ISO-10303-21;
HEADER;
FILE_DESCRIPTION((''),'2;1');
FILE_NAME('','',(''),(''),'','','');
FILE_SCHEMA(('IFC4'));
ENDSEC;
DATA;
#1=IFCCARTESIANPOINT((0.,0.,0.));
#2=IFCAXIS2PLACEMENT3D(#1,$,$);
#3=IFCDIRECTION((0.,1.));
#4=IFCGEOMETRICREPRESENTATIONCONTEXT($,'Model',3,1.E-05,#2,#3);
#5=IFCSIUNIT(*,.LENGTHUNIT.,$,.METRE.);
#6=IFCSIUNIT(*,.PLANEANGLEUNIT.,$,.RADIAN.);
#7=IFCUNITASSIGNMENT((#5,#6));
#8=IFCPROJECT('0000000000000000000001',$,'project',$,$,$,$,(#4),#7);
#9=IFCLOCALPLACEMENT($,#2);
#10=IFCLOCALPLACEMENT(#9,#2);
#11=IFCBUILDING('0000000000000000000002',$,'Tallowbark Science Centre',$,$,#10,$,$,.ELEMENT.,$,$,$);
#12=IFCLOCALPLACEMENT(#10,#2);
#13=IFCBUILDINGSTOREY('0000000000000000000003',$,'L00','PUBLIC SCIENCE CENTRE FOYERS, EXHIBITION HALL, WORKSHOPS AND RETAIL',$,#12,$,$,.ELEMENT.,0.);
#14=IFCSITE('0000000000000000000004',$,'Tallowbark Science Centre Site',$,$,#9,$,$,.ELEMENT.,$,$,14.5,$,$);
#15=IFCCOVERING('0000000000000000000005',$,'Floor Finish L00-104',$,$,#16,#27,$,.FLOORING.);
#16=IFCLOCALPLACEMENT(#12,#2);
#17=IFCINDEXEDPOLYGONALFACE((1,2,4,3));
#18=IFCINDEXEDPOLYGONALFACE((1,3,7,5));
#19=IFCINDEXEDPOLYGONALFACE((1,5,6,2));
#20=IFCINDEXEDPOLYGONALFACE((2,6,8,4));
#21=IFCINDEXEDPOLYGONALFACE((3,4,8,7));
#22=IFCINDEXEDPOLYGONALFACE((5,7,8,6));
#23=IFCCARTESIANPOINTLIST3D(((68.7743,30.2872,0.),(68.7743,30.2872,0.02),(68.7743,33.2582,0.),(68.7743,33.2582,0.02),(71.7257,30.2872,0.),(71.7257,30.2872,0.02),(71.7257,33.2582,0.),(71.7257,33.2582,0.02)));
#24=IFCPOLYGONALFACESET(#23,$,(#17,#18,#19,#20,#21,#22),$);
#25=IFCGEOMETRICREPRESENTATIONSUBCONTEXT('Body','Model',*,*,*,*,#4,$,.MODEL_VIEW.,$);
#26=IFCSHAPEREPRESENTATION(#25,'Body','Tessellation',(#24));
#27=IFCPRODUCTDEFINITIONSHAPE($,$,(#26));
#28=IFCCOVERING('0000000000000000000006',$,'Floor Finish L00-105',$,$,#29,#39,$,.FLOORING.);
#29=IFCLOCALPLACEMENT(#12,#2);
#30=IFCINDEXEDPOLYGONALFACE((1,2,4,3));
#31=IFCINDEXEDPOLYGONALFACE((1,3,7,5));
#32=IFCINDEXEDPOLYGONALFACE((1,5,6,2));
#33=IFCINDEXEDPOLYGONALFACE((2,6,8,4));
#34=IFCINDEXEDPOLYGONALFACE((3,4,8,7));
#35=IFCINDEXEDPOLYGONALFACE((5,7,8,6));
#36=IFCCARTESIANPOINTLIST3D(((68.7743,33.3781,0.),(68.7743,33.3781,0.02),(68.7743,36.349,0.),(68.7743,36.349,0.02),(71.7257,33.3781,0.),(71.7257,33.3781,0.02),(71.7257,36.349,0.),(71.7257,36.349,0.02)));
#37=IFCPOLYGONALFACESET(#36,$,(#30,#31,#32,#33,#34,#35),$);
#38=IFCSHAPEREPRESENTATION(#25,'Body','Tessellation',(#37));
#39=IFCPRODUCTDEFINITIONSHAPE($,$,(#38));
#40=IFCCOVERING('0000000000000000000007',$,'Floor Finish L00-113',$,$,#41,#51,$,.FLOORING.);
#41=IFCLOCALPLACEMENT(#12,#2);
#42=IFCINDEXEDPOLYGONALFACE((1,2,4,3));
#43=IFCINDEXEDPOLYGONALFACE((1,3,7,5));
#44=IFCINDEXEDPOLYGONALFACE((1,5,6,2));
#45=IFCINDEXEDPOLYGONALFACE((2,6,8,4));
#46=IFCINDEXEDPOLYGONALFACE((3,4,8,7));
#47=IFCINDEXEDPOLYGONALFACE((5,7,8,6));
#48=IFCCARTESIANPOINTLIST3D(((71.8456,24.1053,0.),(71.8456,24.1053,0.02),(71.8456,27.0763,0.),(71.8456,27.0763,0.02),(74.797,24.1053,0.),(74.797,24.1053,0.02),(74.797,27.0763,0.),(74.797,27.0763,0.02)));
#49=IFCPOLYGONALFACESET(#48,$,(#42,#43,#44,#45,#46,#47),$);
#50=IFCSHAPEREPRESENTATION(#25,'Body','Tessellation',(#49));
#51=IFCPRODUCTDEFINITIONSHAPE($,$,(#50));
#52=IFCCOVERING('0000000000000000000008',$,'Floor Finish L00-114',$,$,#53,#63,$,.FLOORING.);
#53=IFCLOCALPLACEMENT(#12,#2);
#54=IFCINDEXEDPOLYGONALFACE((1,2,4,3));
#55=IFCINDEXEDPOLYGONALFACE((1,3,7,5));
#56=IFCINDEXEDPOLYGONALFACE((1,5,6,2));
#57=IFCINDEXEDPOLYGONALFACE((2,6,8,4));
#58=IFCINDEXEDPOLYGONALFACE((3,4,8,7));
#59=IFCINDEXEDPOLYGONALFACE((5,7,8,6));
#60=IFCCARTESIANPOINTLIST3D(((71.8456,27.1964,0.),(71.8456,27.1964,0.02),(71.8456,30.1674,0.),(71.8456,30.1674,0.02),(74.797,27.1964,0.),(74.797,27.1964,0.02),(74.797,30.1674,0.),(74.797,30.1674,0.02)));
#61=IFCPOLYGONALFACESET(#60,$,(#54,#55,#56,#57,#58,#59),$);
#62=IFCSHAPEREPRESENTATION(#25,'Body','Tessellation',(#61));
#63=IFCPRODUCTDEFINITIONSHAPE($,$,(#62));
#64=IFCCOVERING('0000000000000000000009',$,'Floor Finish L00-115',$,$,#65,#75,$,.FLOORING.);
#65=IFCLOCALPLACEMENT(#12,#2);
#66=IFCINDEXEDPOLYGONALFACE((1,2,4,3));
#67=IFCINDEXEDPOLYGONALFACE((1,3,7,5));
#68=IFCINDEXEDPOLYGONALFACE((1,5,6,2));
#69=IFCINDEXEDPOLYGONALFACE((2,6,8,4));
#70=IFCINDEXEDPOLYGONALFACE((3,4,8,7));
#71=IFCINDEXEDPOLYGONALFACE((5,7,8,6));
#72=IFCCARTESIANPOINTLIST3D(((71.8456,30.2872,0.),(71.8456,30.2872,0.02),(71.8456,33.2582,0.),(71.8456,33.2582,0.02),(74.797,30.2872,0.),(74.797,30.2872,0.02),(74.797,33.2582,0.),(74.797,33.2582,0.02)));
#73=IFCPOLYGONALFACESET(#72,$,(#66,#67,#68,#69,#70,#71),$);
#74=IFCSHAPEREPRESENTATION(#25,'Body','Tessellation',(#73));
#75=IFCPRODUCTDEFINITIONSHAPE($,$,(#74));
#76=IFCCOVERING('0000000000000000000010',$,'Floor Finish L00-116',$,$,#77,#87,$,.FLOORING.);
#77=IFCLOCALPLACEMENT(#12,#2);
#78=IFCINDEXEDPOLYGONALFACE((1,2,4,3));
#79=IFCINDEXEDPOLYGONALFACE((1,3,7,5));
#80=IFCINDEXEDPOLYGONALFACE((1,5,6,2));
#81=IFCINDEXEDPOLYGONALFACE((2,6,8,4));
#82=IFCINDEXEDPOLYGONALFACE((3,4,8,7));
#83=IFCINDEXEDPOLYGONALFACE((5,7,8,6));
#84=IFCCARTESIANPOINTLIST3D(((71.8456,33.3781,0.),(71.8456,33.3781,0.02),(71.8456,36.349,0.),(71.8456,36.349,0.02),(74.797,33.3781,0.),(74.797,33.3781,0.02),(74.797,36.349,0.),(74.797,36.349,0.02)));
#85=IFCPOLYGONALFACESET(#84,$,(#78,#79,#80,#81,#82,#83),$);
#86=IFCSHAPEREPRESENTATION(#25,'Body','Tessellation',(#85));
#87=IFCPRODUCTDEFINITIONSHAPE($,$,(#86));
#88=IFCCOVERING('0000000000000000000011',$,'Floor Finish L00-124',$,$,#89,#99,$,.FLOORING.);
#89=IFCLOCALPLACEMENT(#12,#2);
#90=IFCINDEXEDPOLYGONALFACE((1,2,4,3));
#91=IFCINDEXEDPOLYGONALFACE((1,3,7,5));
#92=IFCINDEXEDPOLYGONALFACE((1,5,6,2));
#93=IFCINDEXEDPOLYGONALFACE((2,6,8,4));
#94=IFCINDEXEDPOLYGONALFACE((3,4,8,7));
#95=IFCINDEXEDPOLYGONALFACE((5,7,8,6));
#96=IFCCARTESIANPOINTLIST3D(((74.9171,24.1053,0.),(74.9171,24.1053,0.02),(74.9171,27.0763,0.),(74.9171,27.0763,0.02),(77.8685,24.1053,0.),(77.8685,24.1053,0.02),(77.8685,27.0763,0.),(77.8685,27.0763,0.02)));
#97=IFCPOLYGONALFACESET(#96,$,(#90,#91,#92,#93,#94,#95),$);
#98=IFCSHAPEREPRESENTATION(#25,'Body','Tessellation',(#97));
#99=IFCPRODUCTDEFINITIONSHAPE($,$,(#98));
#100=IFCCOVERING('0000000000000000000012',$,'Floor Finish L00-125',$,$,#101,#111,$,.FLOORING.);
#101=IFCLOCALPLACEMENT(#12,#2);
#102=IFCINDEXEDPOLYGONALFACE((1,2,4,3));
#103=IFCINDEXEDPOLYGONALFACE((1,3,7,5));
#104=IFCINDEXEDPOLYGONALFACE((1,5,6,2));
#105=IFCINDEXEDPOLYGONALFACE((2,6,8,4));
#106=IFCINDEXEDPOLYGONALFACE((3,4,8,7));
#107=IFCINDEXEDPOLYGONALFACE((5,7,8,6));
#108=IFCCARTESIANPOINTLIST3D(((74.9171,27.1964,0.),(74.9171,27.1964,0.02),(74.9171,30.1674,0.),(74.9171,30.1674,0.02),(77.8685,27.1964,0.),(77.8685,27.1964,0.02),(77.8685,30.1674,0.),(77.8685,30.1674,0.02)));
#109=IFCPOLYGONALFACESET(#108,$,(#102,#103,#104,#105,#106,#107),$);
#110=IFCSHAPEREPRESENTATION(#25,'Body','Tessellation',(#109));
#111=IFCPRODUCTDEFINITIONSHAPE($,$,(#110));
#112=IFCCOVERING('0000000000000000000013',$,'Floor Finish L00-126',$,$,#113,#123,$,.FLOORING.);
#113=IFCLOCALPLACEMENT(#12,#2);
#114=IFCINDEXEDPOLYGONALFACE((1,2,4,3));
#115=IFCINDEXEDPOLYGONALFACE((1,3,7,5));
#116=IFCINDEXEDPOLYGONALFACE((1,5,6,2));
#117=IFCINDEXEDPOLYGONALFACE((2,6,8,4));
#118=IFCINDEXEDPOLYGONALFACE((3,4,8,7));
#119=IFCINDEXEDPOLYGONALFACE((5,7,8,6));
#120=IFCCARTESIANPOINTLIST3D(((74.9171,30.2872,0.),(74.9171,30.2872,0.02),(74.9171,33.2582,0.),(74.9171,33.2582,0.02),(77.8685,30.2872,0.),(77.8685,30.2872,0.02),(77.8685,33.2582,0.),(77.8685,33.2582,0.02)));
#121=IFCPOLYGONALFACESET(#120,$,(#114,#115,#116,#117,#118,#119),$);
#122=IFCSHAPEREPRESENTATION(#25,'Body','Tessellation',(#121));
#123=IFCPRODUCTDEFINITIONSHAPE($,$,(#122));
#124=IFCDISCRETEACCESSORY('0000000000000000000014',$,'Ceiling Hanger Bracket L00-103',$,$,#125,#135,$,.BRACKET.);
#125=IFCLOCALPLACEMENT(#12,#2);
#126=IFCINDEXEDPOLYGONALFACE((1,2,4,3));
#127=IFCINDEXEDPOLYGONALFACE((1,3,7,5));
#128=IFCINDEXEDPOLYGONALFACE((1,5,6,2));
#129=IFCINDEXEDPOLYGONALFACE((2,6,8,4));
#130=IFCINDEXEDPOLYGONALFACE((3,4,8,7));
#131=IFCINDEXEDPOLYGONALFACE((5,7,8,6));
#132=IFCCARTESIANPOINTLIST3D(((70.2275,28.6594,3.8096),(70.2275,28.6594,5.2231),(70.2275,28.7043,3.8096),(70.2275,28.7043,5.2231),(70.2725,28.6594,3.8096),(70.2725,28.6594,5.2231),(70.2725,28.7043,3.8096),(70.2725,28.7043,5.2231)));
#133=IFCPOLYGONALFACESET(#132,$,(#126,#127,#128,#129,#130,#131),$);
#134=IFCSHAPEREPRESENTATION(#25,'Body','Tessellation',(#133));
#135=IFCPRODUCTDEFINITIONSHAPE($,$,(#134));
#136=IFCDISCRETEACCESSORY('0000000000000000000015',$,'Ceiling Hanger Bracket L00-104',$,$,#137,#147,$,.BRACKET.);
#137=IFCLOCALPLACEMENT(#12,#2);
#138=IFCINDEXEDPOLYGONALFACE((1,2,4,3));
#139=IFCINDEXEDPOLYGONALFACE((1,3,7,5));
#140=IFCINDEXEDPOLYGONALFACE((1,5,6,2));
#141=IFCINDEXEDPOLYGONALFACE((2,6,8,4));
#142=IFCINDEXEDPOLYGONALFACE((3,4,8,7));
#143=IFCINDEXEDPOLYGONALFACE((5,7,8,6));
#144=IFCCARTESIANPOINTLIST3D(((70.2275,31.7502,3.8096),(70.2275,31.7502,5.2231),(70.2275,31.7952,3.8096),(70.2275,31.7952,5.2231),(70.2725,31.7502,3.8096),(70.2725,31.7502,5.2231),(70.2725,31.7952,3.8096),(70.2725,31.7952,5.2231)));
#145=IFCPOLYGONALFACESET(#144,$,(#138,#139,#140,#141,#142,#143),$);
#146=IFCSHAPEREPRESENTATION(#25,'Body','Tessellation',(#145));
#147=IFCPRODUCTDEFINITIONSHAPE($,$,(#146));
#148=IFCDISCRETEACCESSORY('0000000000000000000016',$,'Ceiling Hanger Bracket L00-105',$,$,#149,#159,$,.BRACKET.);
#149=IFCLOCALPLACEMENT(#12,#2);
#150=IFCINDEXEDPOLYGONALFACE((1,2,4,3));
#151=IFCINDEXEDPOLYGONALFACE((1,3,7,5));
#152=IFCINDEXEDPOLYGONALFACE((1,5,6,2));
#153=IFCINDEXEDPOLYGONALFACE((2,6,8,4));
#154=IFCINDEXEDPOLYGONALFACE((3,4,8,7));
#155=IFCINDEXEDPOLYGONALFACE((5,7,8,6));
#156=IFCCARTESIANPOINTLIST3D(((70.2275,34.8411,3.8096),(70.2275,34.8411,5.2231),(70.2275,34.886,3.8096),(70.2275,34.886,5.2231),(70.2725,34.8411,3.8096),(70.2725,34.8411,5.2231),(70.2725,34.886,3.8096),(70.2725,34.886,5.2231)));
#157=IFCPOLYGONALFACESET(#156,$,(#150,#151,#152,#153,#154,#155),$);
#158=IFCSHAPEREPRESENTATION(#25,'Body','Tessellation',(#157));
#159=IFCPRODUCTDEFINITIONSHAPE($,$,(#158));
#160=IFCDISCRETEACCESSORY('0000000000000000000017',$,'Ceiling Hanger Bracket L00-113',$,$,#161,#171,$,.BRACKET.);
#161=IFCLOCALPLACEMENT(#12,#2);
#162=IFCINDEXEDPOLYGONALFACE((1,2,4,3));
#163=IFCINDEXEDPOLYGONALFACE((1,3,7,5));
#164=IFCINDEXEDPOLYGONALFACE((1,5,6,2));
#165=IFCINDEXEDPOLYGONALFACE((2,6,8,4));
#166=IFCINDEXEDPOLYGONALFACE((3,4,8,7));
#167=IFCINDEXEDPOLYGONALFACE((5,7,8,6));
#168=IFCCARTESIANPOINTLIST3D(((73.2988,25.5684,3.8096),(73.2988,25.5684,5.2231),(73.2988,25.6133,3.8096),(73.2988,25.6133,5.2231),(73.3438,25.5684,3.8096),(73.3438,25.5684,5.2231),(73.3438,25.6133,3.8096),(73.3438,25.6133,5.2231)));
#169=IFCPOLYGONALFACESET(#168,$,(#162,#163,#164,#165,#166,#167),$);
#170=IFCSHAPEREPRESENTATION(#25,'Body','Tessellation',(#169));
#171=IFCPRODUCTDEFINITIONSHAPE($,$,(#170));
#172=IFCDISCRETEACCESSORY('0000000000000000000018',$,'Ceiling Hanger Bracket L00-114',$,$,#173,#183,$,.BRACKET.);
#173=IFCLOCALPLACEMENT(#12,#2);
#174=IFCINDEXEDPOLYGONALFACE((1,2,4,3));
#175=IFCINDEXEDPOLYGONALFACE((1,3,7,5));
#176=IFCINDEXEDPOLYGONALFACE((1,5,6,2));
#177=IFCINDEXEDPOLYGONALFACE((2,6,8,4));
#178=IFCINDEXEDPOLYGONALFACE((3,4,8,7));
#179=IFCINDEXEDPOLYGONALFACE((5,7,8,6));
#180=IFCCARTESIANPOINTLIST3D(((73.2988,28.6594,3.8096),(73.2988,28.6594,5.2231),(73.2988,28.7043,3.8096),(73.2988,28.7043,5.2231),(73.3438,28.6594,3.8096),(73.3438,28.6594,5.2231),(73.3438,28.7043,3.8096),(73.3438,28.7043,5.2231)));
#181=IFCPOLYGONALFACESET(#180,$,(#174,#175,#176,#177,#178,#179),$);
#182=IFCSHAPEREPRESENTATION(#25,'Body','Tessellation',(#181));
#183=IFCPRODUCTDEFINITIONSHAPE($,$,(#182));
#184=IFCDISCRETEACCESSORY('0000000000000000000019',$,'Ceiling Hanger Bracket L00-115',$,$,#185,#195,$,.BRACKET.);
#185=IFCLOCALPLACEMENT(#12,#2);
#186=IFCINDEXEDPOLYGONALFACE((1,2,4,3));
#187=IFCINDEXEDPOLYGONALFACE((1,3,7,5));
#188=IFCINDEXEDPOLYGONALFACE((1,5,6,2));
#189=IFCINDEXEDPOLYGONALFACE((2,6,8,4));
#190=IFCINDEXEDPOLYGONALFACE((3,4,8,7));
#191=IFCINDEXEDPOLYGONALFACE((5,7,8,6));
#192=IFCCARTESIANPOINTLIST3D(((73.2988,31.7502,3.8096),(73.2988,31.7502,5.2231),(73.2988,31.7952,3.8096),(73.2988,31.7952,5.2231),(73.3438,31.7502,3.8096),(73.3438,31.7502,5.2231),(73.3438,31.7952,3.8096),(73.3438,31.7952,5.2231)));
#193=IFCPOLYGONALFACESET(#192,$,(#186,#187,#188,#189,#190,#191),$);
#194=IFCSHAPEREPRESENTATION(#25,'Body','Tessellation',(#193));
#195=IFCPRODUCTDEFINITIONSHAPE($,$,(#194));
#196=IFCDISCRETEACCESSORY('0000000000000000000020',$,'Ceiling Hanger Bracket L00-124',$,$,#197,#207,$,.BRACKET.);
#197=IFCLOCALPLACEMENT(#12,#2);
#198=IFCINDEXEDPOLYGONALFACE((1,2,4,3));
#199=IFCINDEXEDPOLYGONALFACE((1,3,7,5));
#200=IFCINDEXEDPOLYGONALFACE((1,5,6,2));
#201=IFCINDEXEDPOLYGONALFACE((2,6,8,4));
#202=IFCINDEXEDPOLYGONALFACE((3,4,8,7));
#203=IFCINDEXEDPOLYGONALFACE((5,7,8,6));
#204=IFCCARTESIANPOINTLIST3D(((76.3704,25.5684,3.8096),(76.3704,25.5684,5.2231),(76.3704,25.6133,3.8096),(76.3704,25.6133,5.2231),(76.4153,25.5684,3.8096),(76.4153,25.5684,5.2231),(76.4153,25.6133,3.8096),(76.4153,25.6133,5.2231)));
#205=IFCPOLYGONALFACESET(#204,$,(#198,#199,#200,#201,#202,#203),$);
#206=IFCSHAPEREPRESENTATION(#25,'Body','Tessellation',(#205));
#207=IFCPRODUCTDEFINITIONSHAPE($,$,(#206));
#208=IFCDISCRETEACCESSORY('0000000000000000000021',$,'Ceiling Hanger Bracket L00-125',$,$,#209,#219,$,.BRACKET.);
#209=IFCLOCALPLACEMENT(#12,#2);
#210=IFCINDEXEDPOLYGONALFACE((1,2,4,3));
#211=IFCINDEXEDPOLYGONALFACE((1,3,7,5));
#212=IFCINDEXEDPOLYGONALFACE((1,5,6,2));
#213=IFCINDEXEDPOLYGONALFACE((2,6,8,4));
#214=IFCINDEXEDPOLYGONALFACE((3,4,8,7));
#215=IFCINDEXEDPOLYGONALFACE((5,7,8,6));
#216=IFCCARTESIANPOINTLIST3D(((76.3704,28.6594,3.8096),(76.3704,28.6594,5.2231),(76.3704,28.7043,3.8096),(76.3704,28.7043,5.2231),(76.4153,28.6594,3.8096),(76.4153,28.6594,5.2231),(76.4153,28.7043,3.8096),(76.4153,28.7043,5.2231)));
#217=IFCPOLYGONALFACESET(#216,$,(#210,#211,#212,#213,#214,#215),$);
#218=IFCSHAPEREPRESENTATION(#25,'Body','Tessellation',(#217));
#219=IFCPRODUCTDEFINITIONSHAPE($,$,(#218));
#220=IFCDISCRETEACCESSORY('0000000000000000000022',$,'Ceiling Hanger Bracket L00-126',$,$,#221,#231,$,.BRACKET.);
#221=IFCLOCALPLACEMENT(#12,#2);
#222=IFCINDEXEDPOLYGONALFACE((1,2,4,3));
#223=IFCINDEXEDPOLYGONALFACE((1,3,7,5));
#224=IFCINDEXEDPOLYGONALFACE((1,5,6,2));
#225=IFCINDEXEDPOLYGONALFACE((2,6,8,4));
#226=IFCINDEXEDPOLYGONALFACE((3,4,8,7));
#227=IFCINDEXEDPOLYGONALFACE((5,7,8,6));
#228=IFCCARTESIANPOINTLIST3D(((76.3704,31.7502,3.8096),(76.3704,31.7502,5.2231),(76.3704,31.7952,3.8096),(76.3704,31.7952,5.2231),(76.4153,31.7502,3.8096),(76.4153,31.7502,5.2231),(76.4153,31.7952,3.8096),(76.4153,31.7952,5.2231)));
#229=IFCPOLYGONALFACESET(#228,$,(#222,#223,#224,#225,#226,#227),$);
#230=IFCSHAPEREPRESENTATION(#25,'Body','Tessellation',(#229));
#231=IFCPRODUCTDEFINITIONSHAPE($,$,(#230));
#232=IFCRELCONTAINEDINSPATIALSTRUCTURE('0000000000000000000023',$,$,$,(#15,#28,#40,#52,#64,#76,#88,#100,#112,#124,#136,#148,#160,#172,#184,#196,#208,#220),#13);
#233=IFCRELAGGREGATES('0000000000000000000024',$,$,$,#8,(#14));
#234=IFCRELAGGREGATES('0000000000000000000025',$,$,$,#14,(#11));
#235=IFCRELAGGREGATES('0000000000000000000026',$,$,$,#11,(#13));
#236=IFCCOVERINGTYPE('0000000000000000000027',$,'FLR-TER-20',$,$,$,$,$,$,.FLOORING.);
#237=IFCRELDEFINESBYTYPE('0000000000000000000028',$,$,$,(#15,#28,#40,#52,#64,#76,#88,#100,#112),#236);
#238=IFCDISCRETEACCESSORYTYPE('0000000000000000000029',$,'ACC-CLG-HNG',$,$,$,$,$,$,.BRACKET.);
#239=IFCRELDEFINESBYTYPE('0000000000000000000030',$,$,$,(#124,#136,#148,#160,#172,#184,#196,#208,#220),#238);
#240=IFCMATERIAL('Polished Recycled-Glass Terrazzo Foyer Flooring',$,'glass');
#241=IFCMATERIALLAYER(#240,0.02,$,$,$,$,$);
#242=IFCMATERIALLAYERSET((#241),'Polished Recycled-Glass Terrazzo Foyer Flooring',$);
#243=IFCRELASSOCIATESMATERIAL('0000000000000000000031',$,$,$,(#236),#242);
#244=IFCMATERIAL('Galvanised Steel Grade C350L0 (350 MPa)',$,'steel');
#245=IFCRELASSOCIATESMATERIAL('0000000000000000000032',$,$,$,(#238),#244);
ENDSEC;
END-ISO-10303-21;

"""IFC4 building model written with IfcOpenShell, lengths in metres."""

from ifc_helpers import new_model, si_unit, direction, frame, origin, origin_2d, place, context, subcontext, project, spatial, rectangle, extrude, material, layer, layer_set, type_object, element, save


model = new_model("IFC4")

# Units and contexts
model_context = context("Model", 3, precision=1e-05, world=origin(), true_north=direction((0.0, 1.0)))
body_context = subcontext(model_context, "Body", "Model", "MODEL_VIEW")
ifc_project = project(units=[si_unit("LENGTHUNIT", "METRE"), si_unit("PLANEANGLEUNIT", "RADIAN")], contexts=[model_context])

# Site, building, storey
site_placement = place(None, origin())
site = spatial("IfcSite", under=ifc_project, at=site_placement, Name="Tallowbark Science Centre Site", CompositionType="ELEMENT", RefElevation=14.5)
building_placement = place(site_placement, origin())
building = spatial("IfcBuilding", under=site, at=building_placement, Name="Tallowbark Science Centre", CompositionType="ELEMENT")
storey_placement = place(building_placement, origin())
storey = spatial("IfcBuildingStorey", under=building, at=storey_placement, Name="L00", Description="PUBLIC SCIENCE CENTRE FOYERS, EXHIBITION HALL, WORKSHOPS AND RETAIL", CompositionType="ELEMENT", Elevation=0.0)

# Coverings
ifc_material_1 = material(Name="Polished Recycled-Glass Terrazzo Foyer Flooring", Category="glass")
ifc_layer_1 = layer(ifc_material_1, 0.02)
ifc_layer_set_1 = layer_set([ifc_layer_1], Name="Polished Recycled-Glass Terrazzo Foyer Flooring")
covering_type_1 = type_object("IfcCoveringType", Name="FLR-TER-20", PredefinedType="FLOORING", material=ifc_layer_set_1)
for number, where, z_axis, x_axis, name in (
    (1, (70.25, 31.7727, 0.0), (0.0, 0.0, 1.0), (1.0, 0.0, 0.0), "Floor Finish L00-104"),
    (2, (70.25, 34.8635, 0.0), (0.0, 0.0, 1.0), (1.0, 0.0, 0.0), "Floor Finish L00-105"),
    (3, (73.3213, 25.5908, 0.0), (0.0, 0.0, 1.0), (1.0, 0.0, 0.0), "Floor Finish L00-113"),
    (4, (73.3213, 28.6819, 0.0), (0.0, 0.0, 1.0), (1.0, 0.0, 0.0), "Floor Finish L00-114"),
    (5, (73.3213, 31.7727, 0.0), (0.0, 0.0, 1.0), (1.0, 0.0, 0.0), "Floor Finish L00-115"),
    (6, (73.3213, 34.8635, 0.0), (0.0, 0.0, 1.0), (1.0, 0.0, 0.0), "Floor Finish L00-116"),
    (7, (76.3928, 25.5908, 0.0), (0.0, 0.0, 1.0), (1.0, 0.0, 0.0), "Floor Finish L00-124"),
    (8, (76.3928, 28.6819, 0.0), (0.0, 0.0, 1.0), (1.0, 0.0, 0.0), "Floor Finish L00-125"),
    (9, (76.3928, 31.7727, 0.0), (0.0, 0.0, 1.0), (1.0, 0.0, 0.0), "Floor Finish L00-126"),
):
    element("IfcCovering", number, at=place(storey_placement, frame(where, z_axis=z_axis, x_axis=x_axis)), inside=storey, type_object=covering_type_1, Name=name, PredefinedType="FLOORING", context=body_context, shape_type="SweptSolid", body=[
        extrude(rectangle(XDim=2.9514, YDim=2.9709, at=origin_2d()), origin(), (0.0, 0.0, 1.0), 0.02),
    ])

# Discrete accessories
ifc_material_2 = material(Name="Galvanised Steel Grade C350L0 (350 MPa)", Category="steel")
discrete_accessory_type = type_object("IfcDiscreteAccessoryType", Name="ACC-CLG-HNG", PredefinedType="BRACKET", material=ifc_material_2)
for number, where, z_axis, x_axis, name in (
    (10, (70.25, 28.6819, 3.8096), (0.0, 0.0, 1.0), (1.0, 0.0, 0.0), "Ceiling Hanger Bracket L00-103"),
    (11, (70.25, 31.7727, 3.8096), (0.0, 0.0, 1.0), (1.0, 0.0, 0.0), "Ceiling Hanger Bracket L00-104"),
    (12, (70.25, 34.8635, 3.8096), (0.0, 0.0, 1.0), (1.0, 0.0, 0.0), "Ceiling Hanger Bracket L00-105"),
    (13, (73.3213, 25.5908, 3.8096), (0.0, 0.0, 1.0), (1.0, 0.0, 0.0), "Ceiling Hanger Bracket L00-113"),
    (14, (73.3213, 28.6819, 3.8096), (0.0, 0.0, 1.0), (1.0, 0.0, 0.0), "Ceiling Hanger Bracket L00-114"),
    (15, (73.3213, 31.7727, 3.8096), (0.0, 0.0, 1.0), (1.0, 0.0, 0.0), "Ceiling Hanger Bracket L00-115"),
    (16, (76.3928, 25.5908, 3.8096), (0.0, 0.0, 1.0), (1.0, 0.0, 0.0), "Ceiling Hanger Bracket L00-124"),
    (17, (76.3928, 28.6819, 3.8096), (0.0, 0.0, 1.0), (1.0, 0.0, 0.0), "Ceiling Hanger Bracket L00-125"),
    (18, (76.3928, 31.7727, 3.8096), (0.0, 0.0, 1.0), (1.0, 0.0, 0.0), "Ceiling Hanger Bracket L00-126"),
):
    element("IfcDiscreteAccessory", number, at=place(storey_placement, frame(where, z_axis=z_axis, x_axis=x_axis)), inside=storey, type_object=discrete_accessory_type, Name=name, PredefinedType="BRACKET", context=body_context, shape_type="SweptSolid", body=[
        extrude(rectangle(XDim=0.0449, YDim=0.0449, at=origin_2d()), origin(), (0.0, 0.0, 1.0), 1.4136),
    ])

save(model, "model.ifc")
